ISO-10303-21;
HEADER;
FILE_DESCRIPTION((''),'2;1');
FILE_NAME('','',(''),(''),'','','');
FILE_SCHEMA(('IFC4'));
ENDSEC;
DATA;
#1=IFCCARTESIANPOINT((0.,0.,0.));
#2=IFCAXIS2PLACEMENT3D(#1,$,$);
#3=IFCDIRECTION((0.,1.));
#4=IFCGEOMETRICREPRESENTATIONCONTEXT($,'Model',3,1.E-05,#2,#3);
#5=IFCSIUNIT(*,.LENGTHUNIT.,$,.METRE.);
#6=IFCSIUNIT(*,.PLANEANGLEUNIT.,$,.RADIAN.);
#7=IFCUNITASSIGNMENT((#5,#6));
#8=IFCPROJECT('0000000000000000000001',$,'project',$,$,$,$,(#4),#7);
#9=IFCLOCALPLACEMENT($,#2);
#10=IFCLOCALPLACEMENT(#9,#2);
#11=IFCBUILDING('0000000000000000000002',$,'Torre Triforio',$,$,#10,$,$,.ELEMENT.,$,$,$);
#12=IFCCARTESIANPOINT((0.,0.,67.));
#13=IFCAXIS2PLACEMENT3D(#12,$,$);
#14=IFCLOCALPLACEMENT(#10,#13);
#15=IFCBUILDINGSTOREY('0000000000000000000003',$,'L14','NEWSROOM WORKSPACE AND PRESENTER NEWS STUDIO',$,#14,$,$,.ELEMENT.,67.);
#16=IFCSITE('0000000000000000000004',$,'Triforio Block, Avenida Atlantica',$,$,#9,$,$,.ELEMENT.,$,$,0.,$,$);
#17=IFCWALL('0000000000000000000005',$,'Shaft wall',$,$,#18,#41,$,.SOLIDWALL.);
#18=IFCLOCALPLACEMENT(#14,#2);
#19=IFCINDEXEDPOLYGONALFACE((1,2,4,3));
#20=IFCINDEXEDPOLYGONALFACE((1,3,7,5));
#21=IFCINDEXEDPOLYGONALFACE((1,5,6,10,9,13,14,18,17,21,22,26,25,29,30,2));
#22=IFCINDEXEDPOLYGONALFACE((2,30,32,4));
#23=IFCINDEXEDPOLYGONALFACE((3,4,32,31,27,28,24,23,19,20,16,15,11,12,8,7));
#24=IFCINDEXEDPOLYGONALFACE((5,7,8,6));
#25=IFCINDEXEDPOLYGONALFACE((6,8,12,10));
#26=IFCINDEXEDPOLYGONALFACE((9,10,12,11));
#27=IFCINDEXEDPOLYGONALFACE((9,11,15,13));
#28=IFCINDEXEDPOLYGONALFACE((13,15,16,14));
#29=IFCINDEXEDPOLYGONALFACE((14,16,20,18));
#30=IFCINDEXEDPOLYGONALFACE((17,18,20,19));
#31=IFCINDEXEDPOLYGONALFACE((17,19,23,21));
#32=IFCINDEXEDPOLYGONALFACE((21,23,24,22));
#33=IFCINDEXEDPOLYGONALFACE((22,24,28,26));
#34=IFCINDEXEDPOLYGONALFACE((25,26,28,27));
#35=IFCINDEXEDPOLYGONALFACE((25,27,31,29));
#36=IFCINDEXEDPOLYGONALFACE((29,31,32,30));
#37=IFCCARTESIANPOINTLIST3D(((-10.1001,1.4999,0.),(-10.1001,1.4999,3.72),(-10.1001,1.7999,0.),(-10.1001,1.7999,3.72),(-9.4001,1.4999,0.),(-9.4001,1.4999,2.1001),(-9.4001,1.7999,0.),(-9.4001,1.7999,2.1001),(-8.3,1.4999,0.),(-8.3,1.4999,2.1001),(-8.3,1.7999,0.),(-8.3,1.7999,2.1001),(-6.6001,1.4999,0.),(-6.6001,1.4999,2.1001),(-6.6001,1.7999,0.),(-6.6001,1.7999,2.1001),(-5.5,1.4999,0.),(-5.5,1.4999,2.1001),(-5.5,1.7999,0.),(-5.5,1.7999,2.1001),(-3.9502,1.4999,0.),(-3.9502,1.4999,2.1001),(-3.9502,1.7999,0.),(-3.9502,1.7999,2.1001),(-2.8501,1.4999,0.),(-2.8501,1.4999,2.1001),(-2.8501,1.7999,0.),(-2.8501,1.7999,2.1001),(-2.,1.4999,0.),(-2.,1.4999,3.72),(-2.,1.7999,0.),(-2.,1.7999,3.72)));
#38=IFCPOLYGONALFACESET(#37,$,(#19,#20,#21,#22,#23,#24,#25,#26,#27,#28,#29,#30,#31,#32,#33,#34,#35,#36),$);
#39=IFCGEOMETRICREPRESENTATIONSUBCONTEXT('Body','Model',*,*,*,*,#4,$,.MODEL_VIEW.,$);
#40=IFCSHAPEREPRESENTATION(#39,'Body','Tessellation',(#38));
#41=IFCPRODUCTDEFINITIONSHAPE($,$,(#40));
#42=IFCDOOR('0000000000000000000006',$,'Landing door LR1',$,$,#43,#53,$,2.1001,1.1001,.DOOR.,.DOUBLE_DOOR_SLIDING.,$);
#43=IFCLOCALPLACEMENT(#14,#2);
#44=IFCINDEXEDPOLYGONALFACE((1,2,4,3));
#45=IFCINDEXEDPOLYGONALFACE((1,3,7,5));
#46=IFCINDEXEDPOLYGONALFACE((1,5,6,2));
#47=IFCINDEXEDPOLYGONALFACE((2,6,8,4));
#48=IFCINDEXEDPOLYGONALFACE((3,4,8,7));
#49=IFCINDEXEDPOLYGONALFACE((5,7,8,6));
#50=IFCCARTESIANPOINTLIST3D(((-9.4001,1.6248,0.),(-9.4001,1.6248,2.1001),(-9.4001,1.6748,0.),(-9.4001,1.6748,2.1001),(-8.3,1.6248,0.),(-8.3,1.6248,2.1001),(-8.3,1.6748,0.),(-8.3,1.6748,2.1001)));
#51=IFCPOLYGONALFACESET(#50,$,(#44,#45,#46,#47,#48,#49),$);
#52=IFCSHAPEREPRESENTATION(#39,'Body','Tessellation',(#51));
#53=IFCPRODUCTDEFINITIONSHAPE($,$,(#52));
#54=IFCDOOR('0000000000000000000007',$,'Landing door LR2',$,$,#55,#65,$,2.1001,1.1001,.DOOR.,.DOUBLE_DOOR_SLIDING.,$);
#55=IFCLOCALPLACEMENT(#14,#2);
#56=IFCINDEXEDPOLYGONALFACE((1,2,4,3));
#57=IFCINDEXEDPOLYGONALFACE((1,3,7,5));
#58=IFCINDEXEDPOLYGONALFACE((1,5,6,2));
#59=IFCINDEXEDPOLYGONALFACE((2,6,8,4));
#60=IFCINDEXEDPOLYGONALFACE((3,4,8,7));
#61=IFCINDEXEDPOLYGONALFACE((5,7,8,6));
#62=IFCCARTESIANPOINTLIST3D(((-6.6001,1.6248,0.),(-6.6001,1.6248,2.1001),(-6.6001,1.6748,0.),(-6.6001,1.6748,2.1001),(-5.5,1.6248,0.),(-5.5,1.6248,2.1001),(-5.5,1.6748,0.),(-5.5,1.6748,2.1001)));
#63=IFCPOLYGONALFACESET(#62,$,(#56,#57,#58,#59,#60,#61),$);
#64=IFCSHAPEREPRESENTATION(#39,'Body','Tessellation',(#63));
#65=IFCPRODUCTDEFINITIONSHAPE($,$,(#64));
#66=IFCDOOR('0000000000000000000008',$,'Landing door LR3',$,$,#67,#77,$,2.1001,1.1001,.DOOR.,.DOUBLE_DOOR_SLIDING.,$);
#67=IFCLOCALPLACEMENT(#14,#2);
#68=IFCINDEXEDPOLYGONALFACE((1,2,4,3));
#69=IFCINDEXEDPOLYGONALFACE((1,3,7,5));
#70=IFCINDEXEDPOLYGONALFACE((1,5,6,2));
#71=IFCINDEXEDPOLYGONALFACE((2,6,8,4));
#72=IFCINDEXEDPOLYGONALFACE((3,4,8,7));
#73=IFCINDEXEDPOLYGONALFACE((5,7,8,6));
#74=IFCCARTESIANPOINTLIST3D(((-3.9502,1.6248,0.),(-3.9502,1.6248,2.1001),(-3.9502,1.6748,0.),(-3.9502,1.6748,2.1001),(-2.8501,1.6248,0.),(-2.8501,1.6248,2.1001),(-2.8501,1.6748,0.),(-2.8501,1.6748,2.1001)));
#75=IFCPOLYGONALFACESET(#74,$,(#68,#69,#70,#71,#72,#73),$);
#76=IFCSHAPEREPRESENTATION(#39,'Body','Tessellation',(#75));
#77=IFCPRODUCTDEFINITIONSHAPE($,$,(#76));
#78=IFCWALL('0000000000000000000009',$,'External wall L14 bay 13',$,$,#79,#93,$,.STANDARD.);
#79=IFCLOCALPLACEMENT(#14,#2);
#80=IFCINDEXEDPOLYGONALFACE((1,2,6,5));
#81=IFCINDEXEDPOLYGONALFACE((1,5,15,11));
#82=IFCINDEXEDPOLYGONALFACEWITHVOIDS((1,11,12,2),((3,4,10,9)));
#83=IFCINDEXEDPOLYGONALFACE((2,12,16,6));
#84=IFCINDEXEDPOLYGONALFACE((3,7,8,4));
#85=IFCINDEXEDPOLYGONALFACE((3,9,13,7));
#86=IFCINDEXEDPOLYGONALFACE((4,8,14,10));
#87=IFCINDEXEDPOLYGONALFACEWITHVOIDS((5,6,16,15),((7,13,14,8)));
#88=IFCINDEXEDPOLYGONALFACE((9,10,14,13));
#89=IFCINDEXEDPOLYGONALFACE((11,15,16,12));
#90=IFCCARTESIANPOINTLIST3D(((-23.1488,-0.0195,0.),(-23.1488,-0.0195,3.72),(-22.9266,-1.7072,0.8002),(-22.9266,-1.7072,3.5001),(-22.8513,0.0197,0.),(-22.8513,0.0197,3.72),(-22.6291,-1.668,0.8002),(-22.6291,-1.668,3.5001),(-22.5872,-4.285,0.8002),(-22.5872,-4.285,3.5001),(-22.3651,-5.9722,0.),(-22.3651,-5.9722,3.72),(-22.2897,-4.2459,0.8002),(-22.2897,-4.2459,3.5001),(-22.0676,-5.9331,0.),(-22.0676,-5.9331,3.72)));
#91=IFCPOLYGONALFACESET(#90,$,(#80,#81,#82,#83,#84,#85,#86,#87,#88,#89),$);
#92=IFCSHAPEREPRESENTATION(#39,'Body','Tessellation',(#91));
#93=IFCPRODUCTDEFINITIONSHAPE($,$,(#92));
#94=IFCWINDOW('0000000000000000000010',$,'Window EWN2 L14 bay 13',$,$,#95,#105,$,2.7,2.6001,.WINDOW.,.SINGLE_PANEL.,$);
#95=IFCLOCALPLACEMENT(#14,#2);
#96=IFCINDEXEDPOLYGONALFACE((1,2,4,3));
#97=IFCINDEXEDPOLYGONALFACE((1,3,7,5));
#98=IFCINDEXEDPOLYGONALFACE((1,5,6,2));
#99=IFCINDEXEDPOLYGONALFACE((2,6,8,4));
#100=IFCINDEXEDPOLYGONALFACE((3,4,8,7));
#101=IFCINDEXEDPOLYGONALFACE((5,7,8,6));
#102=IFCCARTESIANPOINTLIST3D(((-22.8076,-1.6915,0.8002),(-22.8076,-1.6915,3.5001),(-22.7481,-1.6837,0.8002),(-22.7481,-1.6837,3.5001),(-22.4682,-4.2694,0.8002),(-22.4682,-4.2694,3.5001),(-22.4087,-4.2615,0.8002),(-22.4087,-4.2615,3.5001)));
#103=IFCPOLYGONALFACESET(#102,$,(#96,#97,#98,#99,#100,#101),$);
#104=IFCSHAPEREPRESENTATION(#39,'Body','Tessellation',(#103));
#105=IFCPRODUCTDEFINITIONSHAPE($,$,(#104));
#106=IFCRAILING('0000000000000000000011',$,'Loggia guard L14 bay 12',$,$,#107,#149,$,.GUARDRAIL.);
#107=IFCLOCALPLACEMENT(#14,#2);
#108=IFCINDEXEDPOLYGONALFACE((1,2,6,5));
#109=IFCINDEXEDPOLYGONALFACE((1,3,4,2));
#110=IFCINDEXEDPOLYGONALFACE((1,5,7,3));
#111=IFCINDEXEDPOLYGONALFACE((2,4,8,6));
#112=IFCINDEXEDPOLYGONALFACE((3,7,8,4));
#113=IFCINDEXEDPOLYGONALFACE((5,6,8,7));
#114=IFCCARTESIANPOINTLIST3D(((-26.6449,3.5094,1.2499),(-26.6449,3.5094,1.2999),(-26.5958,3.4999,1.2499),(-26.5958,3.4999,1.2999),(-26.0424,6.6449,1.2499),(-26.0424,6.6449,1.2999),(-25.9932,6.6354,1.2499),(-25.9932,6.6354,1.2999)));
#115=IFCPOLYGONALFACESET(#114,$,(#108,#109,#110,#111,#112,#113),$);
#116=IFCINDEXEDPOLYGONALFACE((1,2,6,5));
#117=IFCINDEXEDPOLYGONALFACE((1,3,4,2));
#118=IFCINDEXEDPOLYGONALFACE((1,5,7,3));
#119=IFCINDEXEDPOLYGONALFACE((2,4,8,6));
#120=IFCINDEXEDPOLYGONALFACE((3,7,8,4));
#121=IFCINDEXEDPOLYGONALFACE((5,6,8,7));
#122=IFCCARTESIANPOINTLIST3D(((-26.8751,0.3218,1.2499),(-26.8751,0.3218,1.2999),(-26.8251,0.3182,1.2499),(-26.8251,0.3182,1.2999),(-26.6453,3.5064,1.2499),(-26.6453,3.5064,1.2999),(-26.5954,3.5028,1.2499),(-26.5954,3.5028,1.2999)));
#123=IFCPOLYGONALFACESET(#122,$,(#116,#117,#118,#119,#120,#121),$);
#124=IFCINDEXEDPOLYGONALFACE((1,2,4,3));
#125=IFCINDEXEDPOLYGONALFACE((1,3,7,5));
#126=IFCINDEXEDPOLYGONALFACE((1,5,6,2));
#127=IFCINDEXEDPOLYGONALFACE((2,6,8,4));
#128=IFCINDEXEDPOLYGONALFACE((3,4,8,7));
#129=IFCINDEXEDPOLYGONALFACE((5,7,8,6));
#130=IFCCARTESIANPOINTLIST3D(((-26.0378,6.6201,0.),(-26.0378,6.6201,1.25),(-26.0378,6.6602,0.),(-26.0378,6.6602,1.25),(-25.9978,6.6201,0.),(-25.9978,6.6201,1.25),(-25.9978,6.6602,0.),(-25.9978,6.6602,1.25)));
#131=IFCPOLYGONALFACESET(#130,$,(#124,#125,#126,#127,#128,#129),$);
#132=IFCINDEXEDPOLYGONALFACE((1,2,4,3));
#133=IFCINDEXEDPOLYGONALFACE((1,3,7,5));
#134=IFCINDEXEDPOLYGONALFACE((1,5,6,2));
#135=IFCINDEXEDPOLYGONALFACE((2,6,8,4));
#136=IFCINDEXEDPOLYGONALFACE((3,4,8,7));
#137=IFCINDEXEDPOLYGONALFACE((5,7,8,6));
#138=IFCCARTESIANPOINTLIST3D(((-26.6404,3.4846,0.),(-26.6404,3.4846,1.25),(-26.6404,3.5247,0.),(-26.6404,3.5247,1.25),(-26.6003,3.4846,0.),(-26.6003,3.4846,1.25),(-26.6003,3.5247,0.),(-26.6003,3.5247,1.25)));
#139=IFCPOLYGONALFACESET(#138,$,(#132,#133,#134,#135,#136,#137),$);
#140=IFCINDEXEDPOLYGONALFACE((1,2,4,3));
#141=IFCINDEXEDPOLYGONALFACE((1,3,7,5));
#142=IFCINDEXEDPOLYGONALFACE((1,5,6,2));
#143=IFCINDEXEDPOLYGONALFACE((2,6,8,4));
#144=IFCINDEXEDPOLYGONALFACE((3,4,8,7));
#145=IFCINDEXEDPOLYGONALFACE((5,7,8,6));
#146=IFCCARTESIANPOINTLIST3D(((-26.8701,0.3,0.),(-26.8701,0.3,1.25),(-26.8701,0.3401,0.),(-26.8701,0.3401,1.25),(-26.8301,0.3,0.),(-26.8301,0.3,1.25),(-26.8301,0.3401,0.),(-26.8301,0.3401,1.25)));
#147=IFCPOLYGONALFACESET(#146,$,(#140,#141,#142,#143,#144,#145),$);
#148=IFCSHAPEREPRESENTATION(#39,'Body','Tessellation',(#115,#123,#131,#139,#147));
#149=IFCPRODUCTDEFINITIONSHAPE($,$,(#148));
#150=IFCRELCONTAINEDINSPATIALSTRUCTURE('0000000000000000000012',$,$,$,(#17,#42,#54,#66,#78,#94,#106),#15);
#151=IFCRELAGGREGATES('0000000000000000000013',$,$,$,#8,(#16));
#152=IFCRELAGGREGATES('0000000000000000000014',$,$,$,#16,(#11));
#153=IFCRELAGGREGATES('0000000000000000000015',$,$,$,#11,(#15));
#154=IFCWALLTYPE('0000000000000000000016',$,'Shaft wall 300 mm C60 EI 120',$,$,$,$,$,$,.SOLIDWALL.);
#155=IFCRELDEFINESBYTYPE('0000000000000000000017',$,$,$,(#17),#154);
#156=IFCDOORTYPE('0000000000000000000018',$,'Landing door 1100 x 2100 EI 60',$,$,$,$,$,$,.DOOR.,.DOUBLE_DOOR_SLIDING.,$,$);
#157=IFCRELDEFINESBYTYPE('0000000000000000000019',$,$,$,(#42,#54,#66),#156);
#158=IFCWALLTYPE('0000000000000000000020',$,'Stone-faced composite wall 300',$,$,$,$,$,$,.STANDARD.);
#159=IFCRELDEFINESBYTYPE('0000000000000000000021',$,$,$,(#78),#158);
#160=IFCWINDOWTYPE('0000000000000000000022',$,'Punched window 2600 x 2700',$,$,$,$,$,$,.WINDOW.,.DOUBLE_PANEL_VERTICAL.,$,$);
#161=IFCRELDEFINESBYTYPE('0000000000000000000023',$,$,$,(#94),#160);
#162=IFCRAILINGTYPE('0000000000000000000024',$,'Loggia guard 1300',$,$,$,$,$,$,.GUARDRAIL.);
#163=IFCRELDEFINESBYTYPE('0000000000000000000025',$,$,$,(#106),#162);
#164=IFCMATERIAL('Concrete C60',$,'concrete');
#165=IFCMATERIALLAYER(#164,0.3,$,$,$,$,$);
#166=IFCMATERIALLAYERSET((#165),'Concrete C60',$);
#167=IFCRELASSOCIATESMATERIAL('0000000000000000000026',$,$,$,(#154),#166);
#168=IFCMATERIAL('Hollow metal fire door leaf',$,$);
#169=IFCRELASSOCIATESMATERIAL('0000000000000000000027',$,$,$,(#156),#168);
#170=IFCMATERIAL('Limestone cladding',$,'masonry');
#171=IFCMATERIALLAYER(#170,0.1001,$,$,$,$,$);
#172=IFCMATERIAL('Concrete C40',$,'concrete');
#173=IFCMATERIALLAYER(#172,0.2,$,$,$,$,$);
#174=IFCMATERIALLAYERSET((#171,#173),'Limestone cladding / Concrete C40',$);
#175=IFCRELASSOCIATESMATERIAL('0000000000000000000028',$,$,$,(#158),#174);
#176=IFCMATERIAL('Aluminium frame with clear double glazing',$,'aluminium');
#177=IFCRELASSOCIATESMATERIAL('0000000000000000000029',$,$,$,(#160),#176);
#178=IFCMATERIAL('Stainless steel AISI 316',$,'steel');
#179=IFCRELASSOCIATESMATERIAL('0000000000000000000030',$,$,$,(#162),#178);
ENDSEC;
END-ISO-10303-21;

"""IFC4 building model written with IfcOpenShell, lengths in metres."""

from ifc_helpers import new_model, si_unit, direction, frame, frame_2d, origin, origin_2d, place, context, subcontext, project, spatial, rectangle, extrude, material, layer, layer_set, type_object, element, fill, save


model = new_model("IFC4")

# Units and contexts
model_context = context("Model", 3, precision=1e-05, world=origin(), true_north=direction((0.0, 1.0)))
body_context = subcontext(model_context, "Body", "Model", "MODEL_VIEW")
ifc_project = project(units=[si_unit("LENGTHUNIT", "METRE"), si_unit("PLANEANGLEUNIT", "RADIAN")], contexts=[model_context])

# Site, building, storey
site_placement = place(None, origin())
site = spatial("IfcSite", under=ifc_project, at=site_placement, Name="Triforio Block, Avenida Atlantica", CompositionType="ELEMENT", RefElevation=0.0)
building_placement = place(site_placement, origin())
building = spatial("IfcBuilding", under=site, at=building_placement, Name="Torre Triforio", CompositionType="ELEMENT")
storey_placement = place(building_placement, frame((0.0, 0.0, 67.0)))
storey = spatial("IfcBuildingStorey", under=building, at=storey_placement, Name="L14", Description="NEWSROOM WORKSPACE AND PRESENTER NEWS STUDIO", CompositionType="ELEMENT", Elevation=67.0)

# Shared definitions
ifc_material_1 = material(Name="Concrete C60", Category="concrete")
ifc_material_2 = material(Name="Hollow metal fire door leaf")

# Shared definitions
ifc_layer_1 = layer(ifc_material_1, 0.3)
ifc_layer_set_1 = layer_set([ifc_layer_1], Name="Concrete C60")
wall_type_1 = type_object("IfcWallType", Name="Shaft wall 300 mm C60 EI 120", PredefinedType="SOLIDWALL", material=ifc_layer_set_1)

# Wall, openings, doors
wall_1_placement = place(storey_placement, frame((-10.1001, 1.6499, 0.0), z_axis=(0.0, 0.0, 1.0), x_axis=(1.0, 0.0, 0.0)))
wall_1 = element("IfcWall", 1, at=wall_1_placement, inside=storey, type_object=wall_type_1, Name="Shaft wall", PredefinedType="SOLIDWALL", context=body_context, shape_type="SweptSolid", body=[
    extrude(rectangle(XDim=8.1001, YDim=0.3, at=frame_2d((4.05, 0.0))), origin(), (0.0, 0.0, 1.0), 3.72),
])
opening_1_placement = place(wall_1_placement, frame((0.7, 0.0, 0.0)))
opening_1 = element("IfcOpeningElement", 2, at=opening_1_placement, cuts=wall_1, PredefinedType="OPENING", context=body_context, shape_type="SweptSolid", body=[
    extrude(rectangle(XDim=1.1001, YDim=2.1001, at=frame_2d((0.55, 1.05))), frame((0.0, 0.1599, 0.0), z_axis=(0.0, -1.0, 0.0), x_axis=(1.0, 0.0, 0.0)), (0.0, 0.0, 1.0), 0.3201),
])
opening_2_placement = place(wall_1_placement, frame((3.5, 0.0, 0.0)))
opening_2 = element("IfcOpeningElement", 3, at=opening_2_placement, cuts=wall_1, PredefinedType="OPENING", context=body_context, shape_type="SweptSolid", body=[
    extrude(rectangle(XDim=1.1001, YDim=2.1001, at=frame_2d((0.55, 1.05))), frame((0.0, 0.1599, 0.0), z_axis=(0.0, -1.0, 0.0), x_axis=(1.0, 0.0, 0.0)), (0.0, 0.0, 1.0), 0.3201),
])
opening_3_placement = place(wall_1_placement, frame((6.1499, 0.0, 0.0)))
opening_3 = element("IfcOpeningElement", 4, at=opening_3_placement, cuts=wall_1, PredefinedType="OPENING", context=body_context, shape_type="SweptSolid", body=[
    extrude(rectangle(XDim=1.1001, YDim=2.1001, at=frame_2d((0.55, 1.05))), frame((0.0, 0.1599, 0.0), z_axis=(0.0, -1.0, 0.0), x_axis=(1.0, 0.0, 0.0)), (0.0, 0.0, 1.0), 0.3201),
])
door_type_1 = type_object("IfcDoorType", Name="Landing door 1100 x 2100 EI 60", OperationType="DOUBLE_DOOR_SLIDING", PredefinedType="DOOR", material=ifc_material_2)
door_1_placement = place(opening_1_placement, origin())
door_1 = element("IfcDoor", 5, at=door_1_placement, inside=storey, type_object=door_type_1, Name="Landing door LR1", OperationType="DOUBLE_DOOR_SLIDING", OverallHeight=2.1001, OverallWidth=1.1001, PredefinedType="DOOR", context=body_context, shape_type="SweptSolid", body=[
    extrude(rectangle(XDim=1.1001, YDim=2.1001, at=frame_2d((0.55, 1.05))), frame((0.0, 0.0249, 0.0), z_axis=(0.0, -1.0, 0.0), x_axis=(1.0, 0.0, 0.0)), (0.0, 0.0, 1.0), 0.05),
])
fill(opening_1, door_1)
door_2_placement = place(opening_2_placement, origin())
door_2 = element("IfcDoor", 6, at=door_2_placement, inside=storey, type_object=door_type_1, Name="Landing door LR2", OperationType="DOUBLE_DOOR_SLIDING", OverallHeight=2.1001, OverallWidth=1.1001, PredefinedType="DOOR", context=body_context, shape_type="SweptSolid", body=[
    extrude(rectangle(XDim=1.1001, YDim=2.1001, at=frame_2d((0.55, 1.05))), frame((0.0, 0.0249, 0.0), z_axis=(0.0, -1.0, 0.0), x_axis=(1.0, 0.0, 0.0)), (0.0, 0.0, 1.0), 0.05),
])
fill(opening_2, door_2)
door_3_placement = place(opening_3_placement, origin())
door_3 = element("IfcDoor", 7, at=door_3_placement, inside=storey, type_object=door_type_1, Name="Landing door LR3", OperationType="DOUBLE_DOOR_SLIDING", OverallHeight=2.1001, OverallWidth=1.1001, PredefinedType="DOOR", context=body_context, shape_type="SweptSolid", body=[
    extrude(rectangle(XDim=1.1001, YDim=2.1001, at=frame_2d((0.55, 1.05))), frame((0.0, 0.0249, 0.0), z_axis=(0.0, -1.0, 0.0), x_axis=(1.0, 0.0, 0.0)), (0.0, 0.0, 1.0), 0.05),
])
fill(opening_3, door_3)

# Shared definitions
ifc_material_3 = material(Name="Limestone cladding", Category="masonry")
ifc_layer_2 = layer(ifc_material_3, 0.1001)
ifc_material_4 = material(Name="Concrete C40", Category="concrete")
ifc_layer_3 = layer(ifc_material_4, 0.2)
ifc_layer_set_2 = layer_set([ifc_layer_2, ifc_layer_3], Name="Limestone cladding / Concrete C40")
wall_type_2 = type_object("IfcWallType", Name="Stone-faced composite wall 300", PredefinedType="STANDARD", material=ifc_layer_set_2)
ifc_material_5 = material(Name="Aluminium frame with clear double glazing", Category="aluminium")

# Wall, opening, window
wall_2_placement = place(storey_placement, frame((-23.0, 0.0, 0.0), z_axis=(0.0, 0.0, 1.0), x_axis=(0.130523, -0.991445, 0.0)))
wall_2 = element("IfcWall", 8, at=wall_2_placement, inside=storey, type_object=wall_type_2, Name="External wall L14 bay 13", PredefinedType="STANDARD", context=body_context, shape_type="SweptSolid", body=[
    extrude(rectangle(XDim=6.0042, YDim=0.3, at=frame_2d((3.002, 0.0))), origin(), (0.0, 0.0, 1.0), 3.72),
])
opening_4_placement = place(wall_2_placement, frame((1.7021, 0.0, 0.8)))
opening_4 = element("IfcOpeningElement", 9, at=opening_4_placement, cuts=wall_2, PredefinedType="OPENING", context=body_context, shape_type="SweptSolid", body=[
    extrude(rectangle(XDim=2.6001, YDim=2.7, at=frame_2d((1.3, 1.3501))), frame((0.0, 0.1599, 0.0), z_axis=(0.0, -1.0, 0.0), x_axis=(1.0, 0.0, 0.0)), (0.0, 0.0, 1.0), 0.3201),
])
window_type_1 = type_object("IfcWindowType", Name="Punched window 2600 x 2700", PartitioningType="DOUBLE_PANEL_VERTICAL", PredefinedType="WINDOW", material=ifc_material_5)
window_1_placement = place(opening_4_placement, origin())
window_1 = element("IfcWindow", 10, at=window_1_placement, inside=storey, type_object=window_type_1, Name="Window EWN2 L14 bay 13", OverallHeight=2.7, OverallWidth=2.6001, PartitioningType="SINGLE_PANEL", PredefinedType="WINDOW", context=body_context, shape_type="SweptSolid", body=[
    extrude(rectangle(XDim=2.6001, YDim=2.7, at=frame_2d((1.3, 1.3501))), frame((0.0, 0.03, 0.0), z_axis=(0.0, -1.0, 0.0), x_axis=(1.0, 0.0, 0.0)), (0.0, 0.0, 1.0), 0.0601),
])
fill(opening_4, window_1)

# Railing
ifc_material_6 = material(Name="Stainless steel AISI 316", Category="steel")
railing_type = type_object("IfcRailingType", Name="Loggia guard 1300", PredefinedType="GUARDRAIL", material=ifc_material_6)
railing_1_placement = place(storey_placement, frame((-26.0178, 6.6401, 0.0)))
element("IfcRailing", 11, at=railing_1_placement, inside=storey, type_object=railing_type, Name="Loggia guard L14 bay 12", PredefinedType="GUARDRAIL", context=body_context, shape_type="SweptSolid", body=[
    extrude(rectangle(XDim=0.05, YDim=0.05, at=origin_2d()), frame((0.0, 0.0, 1.2749), z_axis=(-0.188714, -0.982032, 0.0), x_axis=(0.982032, -0.188714, 0.0)), (0.0, 0.0, 1.0), 3.1929),
    extrude(rectangle(XDim=0.05, YDim=0.05, at=origin_2d()), frame((-0.6025, -3.1355, 1.2749), z_axis=(-0.071953, -0.997408, 0.0), x_axis=(0.997408, -0.071953, 0.0)), (0.0, 0.0, 1.0), 3.1929),
    extrude(rectangle(XDim=0.04, YDim=0.04, at=origin_2d()), origin(), (0.0, 0.0, 1.0), 1.25),
    extrude(rectangle(XDim=0.04, YDim=0.04, at=origin_2d()), frame((-0.6025, -3.1355, 0.0)), (0.0, 0.0, 1.0), 1.25),
    extrude(rectangle(XDim=0.04, YDim=0.04, at=origin_2d()), frame((-0.8323, -6.3201, 0.0)), (0.0, 0.0, 1.0), 1.25),
])

save(model, "model.ifc")
